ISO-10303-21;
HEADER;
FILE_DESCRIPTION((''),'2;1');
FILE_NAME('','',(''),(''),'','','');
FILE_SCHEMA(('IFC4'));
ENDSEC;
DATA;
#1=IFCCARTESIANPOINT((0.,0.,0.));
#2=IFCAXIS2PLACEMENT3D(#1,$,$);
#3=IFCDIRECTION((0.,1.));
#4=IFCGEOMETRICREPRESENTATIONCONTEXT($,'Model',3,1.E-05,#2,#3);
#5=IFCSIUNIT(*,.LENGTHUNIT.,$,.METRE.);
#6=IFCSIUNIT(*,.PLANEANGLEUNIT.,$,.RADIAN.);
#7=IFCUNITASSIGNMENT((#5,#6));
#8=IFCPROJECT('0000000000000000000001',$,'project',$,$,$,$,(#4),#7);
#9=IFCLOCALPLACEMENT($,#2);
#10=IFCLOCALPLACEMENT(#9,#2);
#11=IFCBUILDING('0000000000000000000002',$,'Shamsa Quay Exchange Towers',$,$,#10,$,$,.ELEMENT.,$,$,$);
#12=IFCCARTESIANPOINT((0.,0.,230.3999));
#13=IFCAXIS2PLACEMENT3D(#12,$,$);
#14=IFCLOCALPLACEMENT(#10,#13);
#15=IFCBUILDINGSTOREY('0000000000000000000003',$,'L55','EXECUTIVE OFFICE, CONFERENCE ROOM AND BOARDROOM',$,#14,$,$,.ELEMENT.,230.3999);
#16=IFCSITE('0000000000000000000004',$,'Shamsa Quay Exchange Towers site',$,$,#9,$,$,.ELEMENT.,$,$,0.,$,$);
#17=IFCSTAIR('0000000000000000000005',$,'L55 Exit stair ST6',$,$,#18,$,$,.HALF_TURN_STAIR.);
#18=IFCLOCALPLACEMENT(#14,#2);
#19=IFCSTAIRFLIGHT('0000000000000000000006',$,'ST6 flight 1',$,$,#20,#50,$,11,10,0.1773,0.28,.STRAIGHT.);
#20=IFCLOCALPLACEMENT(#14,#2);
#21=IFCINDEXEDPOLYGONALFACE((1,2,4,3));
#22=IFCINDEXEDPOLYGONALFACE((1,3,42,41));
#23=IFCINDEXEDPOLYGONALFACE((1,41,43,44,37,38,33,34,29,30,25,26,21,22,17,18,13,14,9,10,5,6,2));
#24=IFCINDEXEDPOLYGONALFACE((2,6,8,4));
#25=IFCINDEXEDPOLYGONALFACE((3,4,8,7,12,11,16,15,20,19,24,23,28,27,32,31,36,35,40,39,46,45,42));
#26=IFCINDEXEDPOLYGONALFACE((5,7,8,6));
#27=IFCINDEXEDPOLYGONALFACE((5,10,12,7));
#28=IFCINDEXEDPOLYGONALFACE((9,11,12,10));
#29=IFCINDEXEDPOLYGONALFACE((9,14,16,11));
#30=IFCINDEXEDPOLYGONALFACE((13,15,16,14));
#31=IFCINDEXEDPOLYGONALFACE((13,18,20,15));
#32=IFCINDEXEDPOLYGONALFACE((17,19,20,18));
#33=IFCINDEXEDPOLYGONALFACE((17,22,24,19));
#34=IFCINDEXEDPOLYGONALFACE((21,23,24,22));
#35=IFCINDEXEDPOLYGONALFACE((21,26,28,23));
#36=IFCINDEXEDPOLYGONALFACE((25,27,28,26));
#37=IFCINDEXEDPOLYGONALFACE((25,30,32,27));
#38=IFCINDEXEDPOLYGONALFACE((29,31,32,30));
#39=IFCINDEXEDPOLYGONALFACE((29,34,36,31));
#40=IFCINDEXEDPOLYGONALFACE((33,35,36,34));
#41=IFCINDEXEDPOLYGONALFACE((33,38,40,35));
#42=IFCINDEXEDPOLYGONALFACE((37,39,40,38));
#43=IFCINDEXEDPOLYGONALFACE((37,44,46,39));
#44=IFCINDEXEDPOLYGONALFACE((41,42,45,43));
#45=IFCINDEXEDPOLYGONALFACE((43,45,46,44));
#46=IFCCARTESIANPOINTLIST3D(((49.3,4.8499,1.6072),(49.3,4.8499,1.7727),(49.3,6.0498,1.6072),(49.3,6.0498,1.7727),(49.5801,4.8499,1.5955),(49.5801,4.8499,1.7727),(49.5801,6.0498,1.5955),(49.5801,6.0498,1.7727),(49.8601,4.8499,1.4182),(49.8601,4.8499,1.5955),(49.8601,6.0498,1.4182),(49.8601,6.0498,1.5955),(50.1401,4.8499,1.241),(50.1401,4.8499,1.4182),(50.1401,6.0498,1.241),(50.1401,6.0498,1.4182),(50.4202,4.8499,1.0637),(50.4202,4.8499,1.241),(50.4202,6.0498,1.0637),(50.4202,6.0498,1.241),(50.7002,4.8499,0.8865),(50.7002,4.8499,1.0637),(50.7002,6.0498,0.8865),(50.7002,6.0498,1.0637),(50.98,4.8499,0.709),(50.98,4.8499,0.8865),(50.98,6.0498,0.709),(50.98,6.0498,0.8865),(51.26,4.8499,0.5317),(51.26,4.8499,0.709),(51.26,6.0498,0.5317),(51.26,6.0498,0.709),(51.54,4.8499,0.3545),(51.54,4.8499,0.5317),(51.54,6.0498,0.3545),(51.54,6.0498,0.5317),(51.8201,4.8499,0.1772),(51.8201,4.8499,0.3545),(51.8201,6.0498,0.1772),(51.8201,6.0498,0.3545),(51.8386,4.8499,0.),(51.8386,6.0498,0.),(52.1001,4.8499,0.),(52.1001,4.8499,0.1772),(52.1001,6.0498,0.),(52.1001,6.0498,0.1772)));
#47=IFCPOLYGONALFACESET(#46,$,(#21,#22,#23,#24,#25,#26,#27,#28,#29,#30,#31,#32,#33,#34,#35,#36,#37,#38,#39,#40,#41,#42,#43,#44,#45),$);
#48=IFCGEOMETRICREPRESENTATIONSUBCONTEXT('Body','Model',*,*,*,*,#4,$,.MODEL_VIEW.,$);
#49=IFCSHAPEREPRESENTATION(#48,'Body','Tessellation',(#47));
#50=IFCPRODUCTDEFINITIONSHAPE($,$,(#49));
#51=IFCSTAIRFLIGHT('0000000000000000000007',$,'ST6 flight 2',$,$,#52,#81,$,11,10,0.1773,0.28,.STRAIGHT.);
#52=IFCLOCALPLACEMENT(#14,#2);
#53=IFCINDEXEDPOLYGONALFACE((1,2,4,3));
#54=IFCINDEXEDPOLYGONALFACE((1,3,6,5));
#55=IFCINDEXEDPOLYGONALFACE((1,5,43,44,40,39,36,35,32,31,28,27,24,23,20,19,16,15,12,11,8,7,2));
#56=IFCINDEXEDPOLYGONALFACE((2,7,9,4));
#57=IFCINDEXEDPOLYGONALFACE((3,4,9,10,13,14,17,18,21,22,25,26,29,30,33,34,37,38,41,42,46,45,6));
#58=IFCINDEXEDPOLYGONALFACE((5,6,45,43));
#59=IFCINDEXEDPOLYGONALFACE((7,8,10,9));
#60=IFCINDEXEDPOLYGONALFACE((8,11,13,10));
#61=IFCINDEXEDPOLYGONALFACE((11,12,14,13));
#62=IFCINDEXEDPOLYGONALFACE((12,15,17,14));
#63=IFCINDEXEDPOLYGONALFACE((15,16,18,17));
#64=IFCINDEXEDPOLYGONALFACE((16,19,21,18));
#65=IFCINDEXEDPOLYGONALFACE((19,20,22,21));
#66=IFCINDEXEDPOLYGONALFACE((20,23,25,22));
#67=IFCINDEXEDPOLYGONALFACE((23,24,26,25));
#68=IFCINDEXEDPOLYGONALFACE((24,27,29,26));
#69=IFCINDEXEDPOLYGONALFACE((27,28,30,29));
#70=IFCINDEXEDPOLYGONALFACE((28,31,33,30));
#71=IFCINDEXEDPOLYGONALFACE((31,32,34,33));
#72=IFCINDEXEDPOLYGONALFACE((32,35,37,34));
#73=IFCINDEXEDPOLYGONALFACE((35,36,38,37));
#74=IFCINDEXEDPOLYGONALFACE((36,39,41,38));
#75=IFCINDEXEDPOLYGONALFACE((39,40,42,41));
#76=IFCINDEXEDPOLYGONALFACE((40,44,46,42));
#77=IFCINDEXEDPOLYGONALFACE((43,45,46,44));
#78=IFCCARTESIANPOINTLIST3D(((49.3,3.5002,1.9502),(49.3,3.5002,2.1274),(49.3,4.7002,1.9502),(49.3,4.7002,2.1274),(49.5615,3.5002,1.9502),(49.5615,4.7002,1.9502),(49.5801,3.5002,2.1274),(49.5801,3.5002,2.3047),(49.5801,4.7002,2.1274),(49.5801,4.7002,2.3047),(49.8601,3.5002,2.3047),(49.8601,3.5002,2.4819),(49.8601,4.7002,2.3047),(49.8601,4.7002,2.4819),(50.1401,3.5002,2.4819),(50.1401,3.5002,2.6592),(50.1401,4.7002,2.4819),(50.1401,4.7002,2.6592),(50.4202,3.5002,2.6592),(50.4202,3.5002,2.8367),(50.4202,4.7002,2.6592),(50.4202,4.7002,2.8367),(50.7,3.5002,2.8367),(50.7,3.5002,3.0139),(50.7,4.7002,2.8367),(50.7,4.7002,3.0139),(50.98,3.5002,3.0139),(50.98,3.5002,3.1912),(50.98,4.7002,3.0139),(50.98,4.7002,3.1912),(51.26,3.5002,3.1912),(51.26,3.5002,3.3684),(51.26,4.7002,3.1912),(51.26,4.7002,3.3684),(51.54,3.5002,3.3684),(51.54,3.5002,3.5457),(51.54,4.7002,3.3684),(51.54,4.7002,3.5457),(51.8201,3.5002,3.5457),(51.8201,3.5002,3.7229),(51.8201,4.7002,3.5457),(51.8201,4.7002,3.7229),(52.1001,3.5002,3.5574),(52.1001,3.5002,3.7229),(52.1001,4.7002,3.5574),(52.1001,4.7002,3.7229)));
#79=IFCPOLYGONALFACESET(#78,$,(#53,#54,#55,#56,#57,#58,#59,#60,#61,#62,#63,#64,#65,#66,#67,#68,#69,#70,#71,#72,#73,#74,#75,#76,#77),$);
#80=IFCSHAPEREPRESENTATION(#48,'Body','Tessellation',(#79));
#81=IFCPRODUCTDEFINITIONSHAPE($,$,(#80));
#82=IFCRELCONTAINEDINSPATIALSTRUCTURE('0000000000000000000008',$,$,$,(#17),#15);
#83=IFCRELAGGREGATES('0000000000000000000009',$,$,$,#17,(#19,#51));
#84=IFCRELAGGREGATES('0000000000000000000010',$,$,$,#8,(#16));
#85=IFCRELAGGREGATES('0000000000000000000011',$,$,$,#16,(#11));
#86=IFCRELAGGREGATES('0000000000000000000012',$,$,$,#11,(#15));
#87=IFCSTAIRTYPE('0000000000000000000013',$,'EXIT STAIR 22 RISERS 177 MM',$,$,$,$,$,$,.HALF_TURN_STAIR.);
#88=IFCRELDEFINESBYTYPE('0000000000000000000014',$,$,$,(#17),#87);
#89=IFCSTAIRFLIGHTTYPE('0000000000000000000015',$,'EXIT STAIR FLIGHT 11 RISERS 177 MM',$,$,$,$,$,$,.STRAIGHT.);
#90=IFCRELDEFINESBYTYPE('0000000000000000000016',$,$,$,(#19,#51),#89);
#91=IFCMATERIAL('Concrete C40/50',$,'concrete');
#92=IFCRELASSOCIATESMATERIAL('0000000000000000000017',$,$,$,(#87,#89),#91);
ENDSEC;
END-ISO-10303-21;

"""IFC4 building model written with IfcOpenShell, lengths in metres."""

from ifc_helpers import new_model, si_unit, direction, frame, origin, place, context, subcontext, project, spatial, polyline, outline, extrude, material, type_object, element, aggregate, save


model = new_model("IFC4")

# Units and contexts
model_context = context("Model", 3, precision=1e-05, world=origin(), true_north=direction((0.0, 1.0)))
body_context = subcontext(model_context, "Body", "Model", "MODEL_VIEW")
ifc_project = project(units=[si_unit("LENGTHUNIT", "METRE"), si_unit("PLANEANGLEUNIT", "RADIAN")], contexts=[model_context])

# Site, building, storey
site_placement = place(None, origin())
site = spatial("IfcSite", under=ifc_project, at=site_placement, Name="Shamsa Quay Exchange Towers site", CompositionType="ELEMENT", RefElevation=0.0)
building_placement = place(site_placement, origin())
building = spatial("IfcBuilding", under=site, at=building_placement, Name="Shamsa Quay Exchange Towers", CompositionType="ELEMENT")
storey_placement = place(building_placement, frame((0.0, 0.0, 230.3999)))
storey = spatial("IfcBuildingStorey", under=building, at=storey_placement, Name="L55", Description="EXECUTIVE OFFICE, CONFERENCE ROOM AND BOARDROOM", CompositionType="ELEMENT", Elevation=230.3999)

# Stair, stair flights
ifc_material_1 = material(Name="Concrete C40/50", Category="concrete")
stair_type = type_object("IfcStairType", Name="EXIT STAIR 22 RISERS 177 MM", PredefinedType="HALF_TURN_STAIR", material=ifc_material_1)
stair_placement = place(storey_placement, origin())
stair = element("IfcStair", 1, at=stair_placement, inside=storey, type_object=stair_type, Name="L55 Exit stair ST6", PredefinedType="HALF_TURN_STAIR")
stair_flight_type = type_object("IfcStairFlightType", Name="EXIT STAIR FLIGHT 11 RISERS 177 MM", PredefinedType="STRAIGHT", material=ifc_material_1)
stair_flight_1_placement = place(storey_placement, frame((52.1001, 5.45, 0.0), z_axis=(0.0, 0.0, 1.0), x_axis=(-1.0, 0.0, 0.0)))
stair_flight_1 = element("IfcStairFlight", 2, at=stair_flight_1_placement, type_object=stair_flight_type, Name="ST6 flight 1", NumberOfRisers=11, NumberOfTreads=10, PredefinedType="STRAIGHT", RiserHeight=0.1773, TreadLength=0.28, context=body_context, shape_type="SweptSolid", body=[
    extrude(outline(polyline([(0.0, 0.0), (0.0, 0.1772), (0.28, 0.1772), (0.28, 0.3545), (0.5601, 0.3545), (0.5601, 0.5317), (0.8401, 0.5317), (0.8401, 0.709), (1.1201, 0.709), (1.1201, 0.8865), (1.3999, 0.8865), (1.3999, 1.0637), (1.6799, 1.0637), (1.6799, 1.241), (1.96, 1.241), (1.96, 1.4182), (2.24, 1.4182), (2.24, 1.5955), (2.52, 1.5955), (2.52, 1.7727), (2.8, 1.7727), (2.8, 1.95), (2.8, 1.6072), (0.2615, 0.0), (0.0, 0.0)])), frame((0.0, 0.6001, 0.0), z_axis=(0.0, -1.0, 0.0), x_axis=(1.0, 0.0, 0.0)), (0.0, 0.0, 1.0), 1.2),
])
stair_flight_2_placement = place(storey_placement, frame((49.3, 4.1001, 1.9502)))
stair_flight_2 = element("IfcStairFlight", 3, at=stair_flight_2_placement, type_object=stair_flight_type, Name="ST6 flight 2", NumberOfRisers=11, NumberOfTreads=10, PredefinedType="STRAIGHT", RiserHeight=0.1773, TreadLength=0.28, context=body_context, shape_type="SweptSolid", body=[
    extrude(outline(polyline([(0.0, 0.0), (0.0, 0.1772), (0.28, 0.1772), (0.28, 0.3545), (0.5601, 0.3545), (0.5601, 0.5317), (0.8401, 0.5317), (0.8401, 0.709), (1.1201, 0.709), (1.1201, 0.8865), (1.3999, 0.8865), (1.3999, 1.0637), (1.6799, 1.0637), (1.6799, 1.241), (1.96, 1.241), (1.96, 1.4182), (2.24, 1.4182), (2.24, 1.5955), (2.52, 1.5955), (2.52, 1.7727), (2.8, 1.7727), (2.8, 1.95), (2.8, 1.6072), (0.2615, 0.0), (0.0, 0.0)])), frame((0.0, 0.6001, 0.0), z_axis=(0.0, -1.0, 0.0), x_axis=(1.0, 0.0, 0.0)), (0.0, 0.0, 1.0), 1.2),
])
aggregate(stair, [stair_flight_1, stair_flight_2])

save(model, "model.ifc")
